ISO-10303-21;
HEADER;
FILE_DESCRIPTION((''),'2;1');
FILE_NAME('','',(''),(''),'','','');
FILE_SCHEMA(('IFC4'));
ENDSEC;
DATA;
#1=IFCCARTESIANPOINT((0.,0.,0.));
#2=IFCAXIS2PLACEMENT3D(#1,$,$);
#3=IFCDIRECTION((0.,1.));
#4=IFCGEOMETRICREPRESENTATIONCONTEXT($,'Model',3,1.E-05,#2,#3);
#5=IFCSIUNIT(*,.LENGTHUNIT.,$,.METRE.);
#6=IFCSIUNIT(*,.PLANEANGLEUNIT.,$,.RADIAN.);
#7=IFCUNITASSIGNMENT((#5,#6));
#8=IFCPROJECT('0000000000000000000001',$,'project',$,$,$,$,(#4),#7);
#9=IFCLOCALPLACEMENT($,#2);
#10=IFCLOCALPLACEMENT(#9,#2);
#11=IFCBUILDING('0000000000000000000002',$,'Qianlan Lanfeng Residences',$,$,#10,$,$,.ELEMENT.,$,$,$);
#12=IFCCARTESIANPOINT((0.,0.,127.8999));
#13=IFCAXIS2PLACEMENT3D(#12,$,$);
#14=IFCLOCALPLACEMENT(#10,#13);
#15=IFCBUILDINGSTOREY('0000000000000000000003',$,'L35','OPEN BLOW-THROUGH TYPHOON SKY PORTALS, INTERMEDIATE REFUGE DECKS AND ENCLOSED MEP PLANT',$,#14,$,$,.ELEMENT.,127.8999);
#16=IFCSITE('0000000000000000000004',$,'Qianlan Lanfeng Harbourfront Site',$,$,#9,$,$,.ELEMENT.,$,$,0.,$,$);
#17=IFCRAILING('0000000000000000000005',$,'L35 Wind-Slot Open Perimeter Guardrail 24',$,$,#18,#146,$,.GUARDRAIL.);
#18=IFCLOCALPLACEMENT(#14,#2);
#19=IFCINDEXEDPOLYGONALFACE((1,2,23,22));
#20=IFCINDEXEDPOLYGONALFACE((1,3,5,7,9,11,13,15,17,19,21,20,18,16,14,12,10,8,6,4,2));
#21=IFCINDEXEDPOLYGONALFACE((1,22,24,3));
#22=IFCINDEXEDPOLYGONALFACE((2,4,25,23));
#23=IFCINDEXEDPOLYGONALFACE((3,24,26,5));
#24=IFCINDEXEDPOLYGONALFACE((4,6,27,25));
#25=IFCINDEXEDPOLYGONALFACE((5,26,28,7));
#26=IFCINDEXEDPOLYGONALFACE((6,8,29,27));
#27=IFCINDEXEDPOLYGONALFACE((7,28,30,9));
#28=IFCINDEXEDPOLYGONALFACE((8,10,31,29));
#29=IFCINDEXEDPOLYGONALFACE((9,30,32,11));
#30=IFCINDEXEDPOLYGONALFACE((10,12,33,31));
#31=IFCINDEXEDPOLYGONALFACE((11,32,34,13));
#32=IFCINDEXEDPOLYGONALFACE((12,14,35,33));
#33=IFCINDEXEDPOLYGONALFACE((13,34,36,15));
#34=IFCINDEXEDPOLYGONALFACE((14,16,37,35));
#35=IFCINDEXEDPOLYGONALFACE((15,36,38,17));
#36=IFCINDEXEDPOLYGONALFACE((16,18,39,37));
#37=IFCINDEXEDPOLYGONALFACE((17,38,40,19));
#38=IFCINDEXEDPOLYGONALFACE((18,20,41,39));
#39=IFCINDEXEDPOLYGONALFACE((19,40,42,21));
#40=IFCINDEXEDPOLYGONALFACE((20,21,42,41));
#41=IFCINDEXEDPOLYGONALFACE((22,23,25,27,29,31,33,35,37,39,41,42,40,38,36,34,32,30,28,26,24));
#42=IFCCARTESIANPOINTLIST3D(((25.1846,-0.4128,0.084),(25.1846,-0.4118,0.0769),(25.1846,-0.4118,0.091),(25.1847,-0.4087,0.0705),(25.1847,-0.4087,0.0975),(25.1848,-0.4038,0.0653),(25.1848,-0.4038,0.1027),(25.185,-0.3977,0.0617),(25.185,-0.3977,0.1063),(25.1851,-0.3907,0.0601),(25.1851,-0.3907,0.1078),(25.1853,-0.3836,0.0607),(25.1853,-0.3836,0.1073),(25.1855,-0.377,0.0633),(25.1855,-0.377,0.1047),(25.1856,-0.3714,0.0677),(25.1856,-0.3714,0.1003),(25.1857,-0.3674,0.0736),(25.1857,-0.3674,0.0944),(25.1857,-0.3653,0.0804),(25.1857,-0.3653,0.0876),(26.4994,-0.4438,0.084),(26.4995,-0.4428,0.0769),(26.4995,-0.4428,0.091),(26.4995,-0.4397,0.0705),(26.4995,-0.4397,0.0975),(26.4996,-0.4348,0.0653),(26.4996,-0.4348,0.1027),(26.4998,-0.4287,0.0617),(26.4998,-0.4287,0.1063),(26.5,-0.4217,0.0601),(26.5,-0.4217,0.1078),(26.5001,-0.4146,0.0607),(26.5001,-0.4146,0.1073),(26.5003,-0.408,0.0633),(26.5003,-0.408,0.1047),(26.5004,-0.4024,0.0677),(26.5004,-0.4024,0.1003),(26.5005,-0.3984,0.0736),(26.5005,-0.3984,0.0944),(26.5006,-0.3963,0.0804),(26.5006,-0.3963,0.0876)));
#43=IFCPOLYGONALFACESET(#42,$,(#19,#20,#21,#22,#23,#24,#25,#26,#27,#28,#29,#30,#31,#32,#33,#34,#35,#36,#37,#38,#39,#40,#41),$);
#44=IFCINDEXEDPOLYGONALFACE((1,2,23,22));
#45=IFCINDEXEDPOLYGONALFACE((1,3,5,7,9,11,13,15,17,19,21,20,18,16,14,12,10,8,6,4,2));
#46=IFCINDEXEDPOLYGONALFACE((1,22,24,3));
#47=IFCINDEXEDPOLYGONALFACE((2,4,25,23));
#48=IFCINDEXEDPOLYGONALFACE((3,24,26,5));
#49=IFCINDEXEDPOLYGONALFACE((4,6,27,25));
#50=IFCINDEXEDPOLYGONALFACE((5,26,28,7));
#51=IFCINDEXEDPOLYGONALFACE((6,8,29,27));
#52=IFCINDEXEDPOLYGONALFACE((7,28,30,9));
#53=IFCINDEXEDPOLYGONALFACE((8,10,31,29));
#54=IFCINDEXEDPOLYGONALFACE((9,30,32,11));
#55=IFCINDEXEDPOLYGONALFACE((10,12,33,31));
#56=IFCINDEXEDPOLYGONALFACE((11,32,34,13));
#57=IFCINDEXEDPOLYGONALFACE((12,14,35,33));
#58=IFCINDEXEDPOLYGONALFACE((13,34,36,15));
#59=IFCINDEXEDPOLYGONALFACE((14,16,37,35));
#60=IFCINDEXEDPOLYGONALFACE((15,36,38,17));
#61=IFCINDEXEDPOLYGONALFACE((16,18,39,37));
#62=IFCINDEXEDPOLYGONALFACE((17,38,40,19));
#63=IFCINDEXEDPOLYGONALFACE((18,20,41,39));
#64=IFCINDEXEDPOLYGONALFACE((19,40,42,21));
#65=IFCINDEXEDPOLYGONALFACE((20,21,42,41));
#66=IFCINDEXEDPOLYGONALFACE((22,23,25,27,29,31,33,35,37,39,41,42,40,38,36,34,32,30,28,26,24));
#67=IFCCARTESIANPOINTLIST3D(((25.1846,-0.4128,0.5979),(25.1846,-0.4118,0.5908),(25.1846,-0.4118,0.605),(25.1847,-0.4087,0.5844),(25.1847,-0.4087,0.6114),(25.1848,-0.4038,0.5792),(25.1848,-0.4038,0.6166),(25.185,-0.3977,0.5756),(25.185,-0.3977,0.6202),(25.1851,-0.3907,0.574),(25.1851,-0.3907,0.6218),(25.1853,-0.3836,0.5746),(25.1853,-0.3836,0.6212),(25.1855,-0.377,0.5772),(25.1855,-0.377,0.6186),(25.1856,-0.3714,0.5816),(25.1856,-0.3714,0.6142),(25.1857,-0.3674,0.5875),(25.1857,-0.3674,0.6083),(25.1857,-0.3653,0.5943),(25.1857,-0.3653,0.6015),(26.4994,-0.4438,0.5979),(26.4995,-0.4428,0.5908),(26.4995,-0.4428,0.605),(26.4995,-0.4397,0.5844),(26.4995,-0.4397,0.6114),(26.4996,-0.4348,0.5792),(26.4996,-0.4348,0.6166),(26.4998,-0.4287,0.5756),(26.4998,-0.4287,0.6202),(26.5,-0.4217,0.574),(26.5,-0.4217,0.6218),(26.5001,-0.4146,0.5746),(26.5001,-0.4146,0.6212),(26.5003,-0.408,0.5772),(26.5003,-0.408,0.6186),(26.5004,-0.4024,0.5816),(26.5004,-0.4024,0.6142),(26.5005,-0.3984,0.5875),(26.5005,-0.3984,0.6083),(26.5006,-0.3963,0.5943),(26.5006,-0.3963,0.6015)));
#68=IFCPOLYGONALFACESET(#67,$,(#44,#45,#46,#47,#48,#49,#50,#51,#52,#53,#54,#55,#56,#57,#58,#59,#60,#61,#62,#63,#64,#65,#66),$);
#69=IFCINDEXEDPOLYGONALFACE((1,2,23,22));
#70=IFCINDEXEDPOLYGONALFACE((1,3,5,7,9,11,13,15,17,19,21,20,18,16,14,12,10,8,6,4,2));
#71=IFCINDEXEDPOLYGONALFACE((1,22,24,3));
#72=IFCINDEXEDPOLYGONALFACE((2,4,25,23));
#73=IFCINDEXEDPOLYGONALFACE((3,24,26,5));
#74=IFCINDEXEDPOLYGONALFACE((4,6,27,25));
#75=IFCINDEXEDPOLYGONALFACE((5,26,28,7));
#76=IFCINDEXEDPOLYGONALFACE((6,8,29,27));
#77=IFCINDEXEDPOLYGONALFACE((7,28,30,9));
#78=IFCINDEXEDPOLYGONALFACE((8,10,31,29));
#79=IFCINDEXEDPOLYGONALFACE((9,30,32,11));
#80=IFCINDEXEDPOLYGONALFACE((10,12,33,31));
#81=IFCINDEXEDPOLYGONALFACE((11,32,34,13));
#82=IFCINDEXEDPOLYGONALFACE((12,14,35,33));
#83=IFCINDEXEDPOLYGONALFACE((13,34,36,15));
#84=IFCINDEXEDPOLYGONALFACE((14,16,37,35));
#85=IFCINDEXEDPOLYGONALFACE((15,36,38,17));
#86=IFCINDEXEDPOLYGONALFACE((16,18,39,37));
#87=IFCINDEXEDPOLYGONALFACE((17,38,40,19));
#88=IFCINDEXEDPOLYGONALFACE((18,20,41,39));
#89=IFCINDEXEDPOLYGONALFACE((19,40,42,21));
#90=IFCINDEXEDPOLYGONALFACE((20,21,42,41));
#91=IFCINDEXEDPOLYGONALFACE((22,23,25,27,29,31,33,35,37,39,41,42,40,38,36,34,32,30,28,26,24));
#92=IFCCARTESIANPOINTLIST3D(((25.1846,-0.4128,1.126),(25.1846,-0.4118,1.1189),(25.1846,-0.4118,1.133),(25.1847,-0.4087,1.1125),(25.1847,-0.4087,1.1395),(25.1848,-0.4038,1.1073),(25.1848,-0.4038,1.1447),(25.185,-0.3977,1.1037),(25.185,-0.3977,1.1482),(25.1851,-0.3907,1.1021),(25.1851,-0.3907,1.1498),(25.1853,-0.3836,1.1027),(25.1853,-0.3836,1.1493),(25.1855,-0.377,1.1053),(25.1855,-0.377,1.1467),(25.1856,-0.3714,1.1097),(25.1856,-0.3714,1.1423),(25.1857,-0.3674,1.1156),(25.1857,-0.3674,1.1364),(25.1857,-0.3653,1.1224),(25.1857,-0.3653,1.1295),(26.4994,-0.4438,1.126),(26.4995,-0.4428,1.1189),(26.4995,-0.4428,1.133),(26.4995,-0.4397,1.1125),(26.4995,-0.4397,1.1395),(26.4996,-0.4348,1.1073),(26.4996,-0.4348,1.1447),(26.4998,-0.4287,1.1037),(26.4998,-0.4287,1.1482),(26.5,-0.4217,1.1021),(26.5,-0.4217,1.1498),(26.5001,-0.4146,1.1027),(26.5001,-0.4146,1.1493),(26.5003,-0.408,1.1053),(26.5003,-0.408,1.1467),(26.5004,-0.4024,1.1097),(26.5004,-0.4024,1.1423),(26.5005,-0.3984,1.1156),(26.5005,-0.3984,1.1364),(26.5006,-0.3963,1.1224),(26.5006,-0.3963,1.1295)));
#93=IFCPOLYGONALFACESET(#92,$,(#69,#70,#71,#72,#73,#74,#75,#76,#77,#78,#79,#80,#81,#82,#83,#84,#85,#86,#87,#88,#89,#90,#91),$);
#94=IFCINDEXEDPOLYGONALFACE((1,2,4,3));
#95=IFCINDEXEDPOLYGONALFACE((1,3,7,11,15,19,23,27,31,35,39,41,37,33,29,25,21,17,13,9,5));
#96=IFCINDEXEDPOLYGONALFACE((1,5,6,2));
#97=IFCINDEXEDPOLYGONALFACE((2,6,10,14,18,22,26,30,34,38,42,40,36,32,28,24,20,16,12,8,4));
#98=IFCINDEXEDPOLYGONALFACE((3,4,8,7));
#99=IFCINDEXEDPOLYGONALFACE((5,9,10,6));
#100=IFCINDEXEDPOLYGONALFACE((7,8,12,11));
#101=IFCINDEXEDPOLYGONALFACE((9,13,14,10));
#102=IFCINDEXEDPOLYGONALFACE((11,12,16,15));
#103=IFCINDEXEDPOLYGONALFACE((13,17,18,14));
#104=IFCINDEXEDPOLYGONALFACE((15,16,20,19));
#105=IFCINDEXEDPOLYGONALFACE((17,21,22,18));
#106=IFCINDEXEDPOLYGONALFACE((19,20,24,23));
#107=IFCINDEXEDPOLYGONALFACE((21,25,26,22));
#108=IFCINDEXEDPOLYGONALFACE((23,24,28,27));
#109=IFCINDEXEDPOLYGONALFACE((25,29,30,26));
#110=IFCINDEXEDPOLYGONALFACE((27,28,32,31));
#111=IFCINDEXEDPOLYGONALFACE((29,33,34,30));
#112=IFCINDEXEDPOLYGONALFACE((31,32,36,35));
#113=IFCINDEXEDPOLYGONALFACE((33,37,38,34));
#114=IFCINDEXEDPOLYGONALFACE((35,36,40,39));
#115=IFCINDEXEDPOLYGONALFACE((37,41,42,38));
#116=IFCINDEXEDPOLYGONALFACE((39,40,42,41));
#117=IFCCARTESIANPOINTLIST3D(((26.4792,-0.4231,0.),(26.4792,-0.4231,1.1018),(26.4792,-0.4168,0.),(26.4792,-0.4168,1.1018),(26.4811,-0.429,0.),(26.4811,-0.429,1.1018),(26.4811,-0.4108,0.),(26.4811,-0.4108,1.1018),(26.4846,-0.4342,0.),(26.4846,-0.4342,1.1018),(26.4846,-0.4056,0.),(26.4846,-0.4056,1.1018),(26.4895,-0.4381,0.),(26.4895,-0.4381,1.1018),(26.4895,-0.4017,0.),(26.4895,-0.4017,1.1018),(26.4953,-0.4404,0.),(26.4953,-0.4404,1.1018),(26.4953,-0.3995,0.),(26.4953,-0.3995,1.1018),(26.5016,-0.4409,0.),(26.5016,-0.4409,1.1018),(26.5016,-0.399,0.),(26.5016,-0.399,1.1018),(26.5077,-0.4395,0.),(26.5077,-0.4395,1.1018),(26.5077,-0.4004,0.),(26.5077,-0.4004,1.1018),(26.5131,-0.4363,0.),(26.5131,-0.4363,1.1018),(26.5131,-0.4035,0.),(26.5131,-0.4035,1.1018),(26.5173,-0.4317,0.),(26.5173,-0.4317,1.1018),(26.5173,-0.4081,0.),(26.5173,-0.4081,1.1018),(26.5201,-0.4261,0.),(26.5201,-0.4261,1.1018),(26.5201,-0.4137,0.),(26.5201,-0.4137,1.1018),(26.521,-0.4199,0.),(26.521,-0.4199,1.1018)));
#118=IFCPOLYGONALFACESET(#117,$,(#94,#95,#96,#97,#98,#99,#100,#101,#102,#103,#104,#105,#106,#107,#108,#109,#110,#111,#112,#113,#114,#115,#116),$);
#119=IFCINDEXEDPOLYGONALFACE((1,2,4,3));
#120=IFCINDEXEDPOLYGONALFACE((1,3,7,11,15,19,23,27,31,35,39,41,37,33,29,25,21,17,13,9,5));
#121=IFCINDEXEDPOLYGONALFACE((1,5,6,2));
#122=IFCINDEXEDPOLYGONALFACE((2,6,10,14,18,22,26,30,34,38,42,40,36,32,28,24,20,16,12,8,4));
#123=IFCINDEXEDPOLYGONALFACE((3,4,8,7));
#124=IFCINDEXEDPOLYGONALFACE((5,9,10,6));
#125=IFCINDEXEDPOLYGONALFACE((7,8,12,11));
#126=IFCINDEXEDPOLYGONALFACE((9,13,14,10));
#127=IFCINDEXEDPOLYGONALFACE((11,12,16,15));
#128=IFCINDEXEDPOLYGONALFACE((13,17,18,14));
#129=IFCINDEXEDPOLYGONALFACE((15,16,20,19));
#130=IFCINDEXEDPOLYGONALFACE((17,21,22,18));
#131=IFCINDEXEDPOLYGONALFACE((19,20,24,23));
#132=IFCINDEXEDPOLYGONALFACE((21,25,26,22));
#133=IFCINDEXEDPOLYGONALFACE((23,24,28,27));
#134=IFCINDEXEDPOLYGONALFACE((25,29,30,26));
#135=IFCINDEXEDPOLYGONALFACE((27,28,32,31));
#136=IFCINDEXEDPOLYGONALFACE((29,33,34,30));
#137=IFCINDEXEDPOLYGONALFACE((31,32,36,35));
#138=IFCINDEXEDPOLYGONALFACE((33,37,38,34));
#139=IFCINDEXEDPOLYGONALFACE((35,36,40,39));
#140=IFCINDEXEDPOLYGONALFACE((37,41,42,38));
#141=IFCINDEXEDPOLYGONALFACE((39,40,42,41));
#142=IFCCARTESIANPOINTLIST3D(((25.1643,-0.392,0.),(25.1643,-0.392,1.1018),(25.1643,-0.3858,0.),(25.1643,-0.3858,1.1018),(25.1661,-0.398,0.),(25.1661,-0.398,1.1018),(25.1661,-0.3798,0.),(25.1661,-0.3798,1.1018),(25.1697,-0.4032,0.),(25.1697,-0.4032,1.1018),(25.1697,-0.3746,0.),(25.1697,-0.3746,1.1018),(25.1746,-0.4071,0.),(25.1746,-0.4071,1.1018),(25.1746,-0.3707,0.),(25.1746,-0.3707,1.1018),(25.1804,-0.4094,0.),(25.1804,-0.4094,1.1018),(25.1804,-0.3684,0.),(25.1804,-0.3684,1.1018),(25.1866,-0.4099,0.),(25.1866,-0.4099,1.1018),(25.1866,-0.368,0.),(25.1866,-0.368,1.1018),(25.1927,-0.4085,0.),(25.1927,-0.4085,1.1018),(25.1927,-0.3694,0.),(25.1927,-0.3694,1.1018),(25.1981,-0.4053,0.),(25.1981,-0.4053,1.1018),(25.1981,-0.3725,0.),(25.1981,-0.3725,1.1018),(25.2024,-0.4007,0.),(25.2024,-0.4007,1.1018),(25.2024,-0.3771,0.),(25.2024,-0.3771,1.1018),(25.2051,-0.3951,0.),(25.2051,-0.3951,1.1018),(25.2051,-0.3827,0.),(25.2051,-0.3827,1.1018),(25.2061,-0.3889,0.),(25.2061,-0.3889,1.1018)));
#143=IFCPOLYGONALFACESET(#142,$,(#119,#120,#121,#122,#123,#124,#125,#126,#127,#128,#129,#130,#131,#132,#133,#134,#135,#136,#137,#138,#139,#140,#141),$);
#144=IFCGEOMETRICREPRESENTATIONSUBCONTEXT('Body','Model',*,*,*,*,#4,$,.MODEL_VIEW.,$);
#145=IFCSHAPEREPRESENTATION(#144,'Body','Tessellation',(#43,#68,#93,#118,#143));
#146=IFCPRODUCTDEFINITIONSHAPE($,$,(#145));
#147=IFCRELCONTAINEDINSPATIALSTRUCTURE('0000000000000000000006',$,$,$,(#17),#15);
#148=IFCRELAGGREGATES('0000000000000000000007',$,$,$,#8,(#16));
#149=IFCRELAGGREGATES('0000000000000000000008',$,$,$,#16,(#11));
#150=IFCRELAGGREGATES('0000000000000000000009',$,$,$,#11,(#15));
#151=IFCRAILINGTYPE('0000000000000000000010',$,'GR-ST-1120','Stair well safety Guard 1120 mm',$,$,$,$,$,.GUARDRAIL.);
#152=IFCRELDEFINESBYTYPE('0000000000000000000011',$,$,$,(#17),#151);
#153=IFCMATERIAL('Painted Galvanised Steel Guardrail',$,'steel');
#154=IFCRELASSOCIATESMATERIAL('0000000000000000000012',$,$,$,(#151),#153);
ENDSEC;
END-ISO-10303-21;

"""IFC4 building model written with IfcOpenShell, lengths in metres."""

from ifc_helpers import new_model, si_unit, direction, frame, origin, origin_2d, place, context, subcontext, project, spatial, circle, extrude, material, type_object, element, save


model = new_model("IFC4")

# Units and contexts
model_context = context("Model", 3, precision=1e-05, world=origin(), true_north=direction((0.0, 1.0)))
body_context = subcontext(model_context, "Body", "Model", "MODEL_VIEW")
ifc_project = project(units=[si_unit("LENGTHUNIT", "METRE"), si_unit("PLANEANGLEUNIT", "RADIAN")], contexts=[model_context])

# Site, building, storey
site_placement = place(None, origin())
site = spatial("IfcSite", under=ifc_project, at=site_placement, Name="Qianlan Lanfeng Harbourfront Site", CompositionType="ELEMENT", RefElevation=0.0)
building_placement = place(site_placement, origin())
building = spatial("IfcBuilding", under=site, at=building_placement, Name="Qianlan Lanfeng Residences", CompositionType="ELEMENT")
storey_placement = place(building_placement, frame((0.0, 0.0, 127.8999)))
storey = spatial("IfcBuildingStorey", under=building, at=storey_placement, Name="L35", Description="OPEN BLOW-THROUGH TYPHOON SKY PORTALS, INTERMEDIATE REFUGE DECKS AND ENCLOSED MEP PLANT", CompositionType="ELEMENT", Elevation=127.8999)

# Railing
ifc_material_1 = material(Name="Painted Galvanised Steel Guardrail", Category="steel")
railing_type = type_object("IfcRailingType", Name="GR-ST-1120", Description="Stair well safety Guard 1120 mm", PredefinedType="GUARDRAIL", material=ifc_material_1)
railing_1_placement = place(storey_placement, frame((26.5, -0.4199, 0.0)))
element("IfcRailing", 1, at=railing_1_placement, inside=storey, type_object=railing_type, Name="L35 Wind-Slot Open Perimeter Guardrail 24", PredefinedType="GUARDRAIL", context=body_context, shape_type="SweptSolid", body=[
    extrude(circle(Radius=0.0239, at=origin_2d()), frame((0.0, 0.0, 0.084), z_axis=(-0.999722, 0.023573, 0.0), x_axis=(-0.023573, -0.999722, 0.0)), (0.0, 0.0, 1.0), 1.3152),
    extrude(circle(Radius=0.0239, at=origin_2d()), frame((0.0, 0.0, 0.5979), z_axis=(-0.999722, 0.023573, 0.0), x_axis=(-0.023573, -0.999722, 0.0)), (0.0, 0.0, 1.0), 1.3152),
    extrude(circle(Radius=0.0239, at=origin_2d()), frame((0.0, 0.0, 1.126), z_axis=(-0.999722, 0.023573, 0.0), x_axis=(-0.023573, -0.999722, 0.0)), (0.0, 0.0, 1.0), 1.3152),
    extrude(circle(Radius=0.021, at=origin_2d()), origin(), (0.0, 0.0, 1.0), 1.1018),
    extrude(circle(Radius=0.021, at=origin_2d()), frame((-1.3149, 0.031, 0.0)), (0.0, 0.0, 1.0), 1.1018),
])

save(model, "model.ifc")
